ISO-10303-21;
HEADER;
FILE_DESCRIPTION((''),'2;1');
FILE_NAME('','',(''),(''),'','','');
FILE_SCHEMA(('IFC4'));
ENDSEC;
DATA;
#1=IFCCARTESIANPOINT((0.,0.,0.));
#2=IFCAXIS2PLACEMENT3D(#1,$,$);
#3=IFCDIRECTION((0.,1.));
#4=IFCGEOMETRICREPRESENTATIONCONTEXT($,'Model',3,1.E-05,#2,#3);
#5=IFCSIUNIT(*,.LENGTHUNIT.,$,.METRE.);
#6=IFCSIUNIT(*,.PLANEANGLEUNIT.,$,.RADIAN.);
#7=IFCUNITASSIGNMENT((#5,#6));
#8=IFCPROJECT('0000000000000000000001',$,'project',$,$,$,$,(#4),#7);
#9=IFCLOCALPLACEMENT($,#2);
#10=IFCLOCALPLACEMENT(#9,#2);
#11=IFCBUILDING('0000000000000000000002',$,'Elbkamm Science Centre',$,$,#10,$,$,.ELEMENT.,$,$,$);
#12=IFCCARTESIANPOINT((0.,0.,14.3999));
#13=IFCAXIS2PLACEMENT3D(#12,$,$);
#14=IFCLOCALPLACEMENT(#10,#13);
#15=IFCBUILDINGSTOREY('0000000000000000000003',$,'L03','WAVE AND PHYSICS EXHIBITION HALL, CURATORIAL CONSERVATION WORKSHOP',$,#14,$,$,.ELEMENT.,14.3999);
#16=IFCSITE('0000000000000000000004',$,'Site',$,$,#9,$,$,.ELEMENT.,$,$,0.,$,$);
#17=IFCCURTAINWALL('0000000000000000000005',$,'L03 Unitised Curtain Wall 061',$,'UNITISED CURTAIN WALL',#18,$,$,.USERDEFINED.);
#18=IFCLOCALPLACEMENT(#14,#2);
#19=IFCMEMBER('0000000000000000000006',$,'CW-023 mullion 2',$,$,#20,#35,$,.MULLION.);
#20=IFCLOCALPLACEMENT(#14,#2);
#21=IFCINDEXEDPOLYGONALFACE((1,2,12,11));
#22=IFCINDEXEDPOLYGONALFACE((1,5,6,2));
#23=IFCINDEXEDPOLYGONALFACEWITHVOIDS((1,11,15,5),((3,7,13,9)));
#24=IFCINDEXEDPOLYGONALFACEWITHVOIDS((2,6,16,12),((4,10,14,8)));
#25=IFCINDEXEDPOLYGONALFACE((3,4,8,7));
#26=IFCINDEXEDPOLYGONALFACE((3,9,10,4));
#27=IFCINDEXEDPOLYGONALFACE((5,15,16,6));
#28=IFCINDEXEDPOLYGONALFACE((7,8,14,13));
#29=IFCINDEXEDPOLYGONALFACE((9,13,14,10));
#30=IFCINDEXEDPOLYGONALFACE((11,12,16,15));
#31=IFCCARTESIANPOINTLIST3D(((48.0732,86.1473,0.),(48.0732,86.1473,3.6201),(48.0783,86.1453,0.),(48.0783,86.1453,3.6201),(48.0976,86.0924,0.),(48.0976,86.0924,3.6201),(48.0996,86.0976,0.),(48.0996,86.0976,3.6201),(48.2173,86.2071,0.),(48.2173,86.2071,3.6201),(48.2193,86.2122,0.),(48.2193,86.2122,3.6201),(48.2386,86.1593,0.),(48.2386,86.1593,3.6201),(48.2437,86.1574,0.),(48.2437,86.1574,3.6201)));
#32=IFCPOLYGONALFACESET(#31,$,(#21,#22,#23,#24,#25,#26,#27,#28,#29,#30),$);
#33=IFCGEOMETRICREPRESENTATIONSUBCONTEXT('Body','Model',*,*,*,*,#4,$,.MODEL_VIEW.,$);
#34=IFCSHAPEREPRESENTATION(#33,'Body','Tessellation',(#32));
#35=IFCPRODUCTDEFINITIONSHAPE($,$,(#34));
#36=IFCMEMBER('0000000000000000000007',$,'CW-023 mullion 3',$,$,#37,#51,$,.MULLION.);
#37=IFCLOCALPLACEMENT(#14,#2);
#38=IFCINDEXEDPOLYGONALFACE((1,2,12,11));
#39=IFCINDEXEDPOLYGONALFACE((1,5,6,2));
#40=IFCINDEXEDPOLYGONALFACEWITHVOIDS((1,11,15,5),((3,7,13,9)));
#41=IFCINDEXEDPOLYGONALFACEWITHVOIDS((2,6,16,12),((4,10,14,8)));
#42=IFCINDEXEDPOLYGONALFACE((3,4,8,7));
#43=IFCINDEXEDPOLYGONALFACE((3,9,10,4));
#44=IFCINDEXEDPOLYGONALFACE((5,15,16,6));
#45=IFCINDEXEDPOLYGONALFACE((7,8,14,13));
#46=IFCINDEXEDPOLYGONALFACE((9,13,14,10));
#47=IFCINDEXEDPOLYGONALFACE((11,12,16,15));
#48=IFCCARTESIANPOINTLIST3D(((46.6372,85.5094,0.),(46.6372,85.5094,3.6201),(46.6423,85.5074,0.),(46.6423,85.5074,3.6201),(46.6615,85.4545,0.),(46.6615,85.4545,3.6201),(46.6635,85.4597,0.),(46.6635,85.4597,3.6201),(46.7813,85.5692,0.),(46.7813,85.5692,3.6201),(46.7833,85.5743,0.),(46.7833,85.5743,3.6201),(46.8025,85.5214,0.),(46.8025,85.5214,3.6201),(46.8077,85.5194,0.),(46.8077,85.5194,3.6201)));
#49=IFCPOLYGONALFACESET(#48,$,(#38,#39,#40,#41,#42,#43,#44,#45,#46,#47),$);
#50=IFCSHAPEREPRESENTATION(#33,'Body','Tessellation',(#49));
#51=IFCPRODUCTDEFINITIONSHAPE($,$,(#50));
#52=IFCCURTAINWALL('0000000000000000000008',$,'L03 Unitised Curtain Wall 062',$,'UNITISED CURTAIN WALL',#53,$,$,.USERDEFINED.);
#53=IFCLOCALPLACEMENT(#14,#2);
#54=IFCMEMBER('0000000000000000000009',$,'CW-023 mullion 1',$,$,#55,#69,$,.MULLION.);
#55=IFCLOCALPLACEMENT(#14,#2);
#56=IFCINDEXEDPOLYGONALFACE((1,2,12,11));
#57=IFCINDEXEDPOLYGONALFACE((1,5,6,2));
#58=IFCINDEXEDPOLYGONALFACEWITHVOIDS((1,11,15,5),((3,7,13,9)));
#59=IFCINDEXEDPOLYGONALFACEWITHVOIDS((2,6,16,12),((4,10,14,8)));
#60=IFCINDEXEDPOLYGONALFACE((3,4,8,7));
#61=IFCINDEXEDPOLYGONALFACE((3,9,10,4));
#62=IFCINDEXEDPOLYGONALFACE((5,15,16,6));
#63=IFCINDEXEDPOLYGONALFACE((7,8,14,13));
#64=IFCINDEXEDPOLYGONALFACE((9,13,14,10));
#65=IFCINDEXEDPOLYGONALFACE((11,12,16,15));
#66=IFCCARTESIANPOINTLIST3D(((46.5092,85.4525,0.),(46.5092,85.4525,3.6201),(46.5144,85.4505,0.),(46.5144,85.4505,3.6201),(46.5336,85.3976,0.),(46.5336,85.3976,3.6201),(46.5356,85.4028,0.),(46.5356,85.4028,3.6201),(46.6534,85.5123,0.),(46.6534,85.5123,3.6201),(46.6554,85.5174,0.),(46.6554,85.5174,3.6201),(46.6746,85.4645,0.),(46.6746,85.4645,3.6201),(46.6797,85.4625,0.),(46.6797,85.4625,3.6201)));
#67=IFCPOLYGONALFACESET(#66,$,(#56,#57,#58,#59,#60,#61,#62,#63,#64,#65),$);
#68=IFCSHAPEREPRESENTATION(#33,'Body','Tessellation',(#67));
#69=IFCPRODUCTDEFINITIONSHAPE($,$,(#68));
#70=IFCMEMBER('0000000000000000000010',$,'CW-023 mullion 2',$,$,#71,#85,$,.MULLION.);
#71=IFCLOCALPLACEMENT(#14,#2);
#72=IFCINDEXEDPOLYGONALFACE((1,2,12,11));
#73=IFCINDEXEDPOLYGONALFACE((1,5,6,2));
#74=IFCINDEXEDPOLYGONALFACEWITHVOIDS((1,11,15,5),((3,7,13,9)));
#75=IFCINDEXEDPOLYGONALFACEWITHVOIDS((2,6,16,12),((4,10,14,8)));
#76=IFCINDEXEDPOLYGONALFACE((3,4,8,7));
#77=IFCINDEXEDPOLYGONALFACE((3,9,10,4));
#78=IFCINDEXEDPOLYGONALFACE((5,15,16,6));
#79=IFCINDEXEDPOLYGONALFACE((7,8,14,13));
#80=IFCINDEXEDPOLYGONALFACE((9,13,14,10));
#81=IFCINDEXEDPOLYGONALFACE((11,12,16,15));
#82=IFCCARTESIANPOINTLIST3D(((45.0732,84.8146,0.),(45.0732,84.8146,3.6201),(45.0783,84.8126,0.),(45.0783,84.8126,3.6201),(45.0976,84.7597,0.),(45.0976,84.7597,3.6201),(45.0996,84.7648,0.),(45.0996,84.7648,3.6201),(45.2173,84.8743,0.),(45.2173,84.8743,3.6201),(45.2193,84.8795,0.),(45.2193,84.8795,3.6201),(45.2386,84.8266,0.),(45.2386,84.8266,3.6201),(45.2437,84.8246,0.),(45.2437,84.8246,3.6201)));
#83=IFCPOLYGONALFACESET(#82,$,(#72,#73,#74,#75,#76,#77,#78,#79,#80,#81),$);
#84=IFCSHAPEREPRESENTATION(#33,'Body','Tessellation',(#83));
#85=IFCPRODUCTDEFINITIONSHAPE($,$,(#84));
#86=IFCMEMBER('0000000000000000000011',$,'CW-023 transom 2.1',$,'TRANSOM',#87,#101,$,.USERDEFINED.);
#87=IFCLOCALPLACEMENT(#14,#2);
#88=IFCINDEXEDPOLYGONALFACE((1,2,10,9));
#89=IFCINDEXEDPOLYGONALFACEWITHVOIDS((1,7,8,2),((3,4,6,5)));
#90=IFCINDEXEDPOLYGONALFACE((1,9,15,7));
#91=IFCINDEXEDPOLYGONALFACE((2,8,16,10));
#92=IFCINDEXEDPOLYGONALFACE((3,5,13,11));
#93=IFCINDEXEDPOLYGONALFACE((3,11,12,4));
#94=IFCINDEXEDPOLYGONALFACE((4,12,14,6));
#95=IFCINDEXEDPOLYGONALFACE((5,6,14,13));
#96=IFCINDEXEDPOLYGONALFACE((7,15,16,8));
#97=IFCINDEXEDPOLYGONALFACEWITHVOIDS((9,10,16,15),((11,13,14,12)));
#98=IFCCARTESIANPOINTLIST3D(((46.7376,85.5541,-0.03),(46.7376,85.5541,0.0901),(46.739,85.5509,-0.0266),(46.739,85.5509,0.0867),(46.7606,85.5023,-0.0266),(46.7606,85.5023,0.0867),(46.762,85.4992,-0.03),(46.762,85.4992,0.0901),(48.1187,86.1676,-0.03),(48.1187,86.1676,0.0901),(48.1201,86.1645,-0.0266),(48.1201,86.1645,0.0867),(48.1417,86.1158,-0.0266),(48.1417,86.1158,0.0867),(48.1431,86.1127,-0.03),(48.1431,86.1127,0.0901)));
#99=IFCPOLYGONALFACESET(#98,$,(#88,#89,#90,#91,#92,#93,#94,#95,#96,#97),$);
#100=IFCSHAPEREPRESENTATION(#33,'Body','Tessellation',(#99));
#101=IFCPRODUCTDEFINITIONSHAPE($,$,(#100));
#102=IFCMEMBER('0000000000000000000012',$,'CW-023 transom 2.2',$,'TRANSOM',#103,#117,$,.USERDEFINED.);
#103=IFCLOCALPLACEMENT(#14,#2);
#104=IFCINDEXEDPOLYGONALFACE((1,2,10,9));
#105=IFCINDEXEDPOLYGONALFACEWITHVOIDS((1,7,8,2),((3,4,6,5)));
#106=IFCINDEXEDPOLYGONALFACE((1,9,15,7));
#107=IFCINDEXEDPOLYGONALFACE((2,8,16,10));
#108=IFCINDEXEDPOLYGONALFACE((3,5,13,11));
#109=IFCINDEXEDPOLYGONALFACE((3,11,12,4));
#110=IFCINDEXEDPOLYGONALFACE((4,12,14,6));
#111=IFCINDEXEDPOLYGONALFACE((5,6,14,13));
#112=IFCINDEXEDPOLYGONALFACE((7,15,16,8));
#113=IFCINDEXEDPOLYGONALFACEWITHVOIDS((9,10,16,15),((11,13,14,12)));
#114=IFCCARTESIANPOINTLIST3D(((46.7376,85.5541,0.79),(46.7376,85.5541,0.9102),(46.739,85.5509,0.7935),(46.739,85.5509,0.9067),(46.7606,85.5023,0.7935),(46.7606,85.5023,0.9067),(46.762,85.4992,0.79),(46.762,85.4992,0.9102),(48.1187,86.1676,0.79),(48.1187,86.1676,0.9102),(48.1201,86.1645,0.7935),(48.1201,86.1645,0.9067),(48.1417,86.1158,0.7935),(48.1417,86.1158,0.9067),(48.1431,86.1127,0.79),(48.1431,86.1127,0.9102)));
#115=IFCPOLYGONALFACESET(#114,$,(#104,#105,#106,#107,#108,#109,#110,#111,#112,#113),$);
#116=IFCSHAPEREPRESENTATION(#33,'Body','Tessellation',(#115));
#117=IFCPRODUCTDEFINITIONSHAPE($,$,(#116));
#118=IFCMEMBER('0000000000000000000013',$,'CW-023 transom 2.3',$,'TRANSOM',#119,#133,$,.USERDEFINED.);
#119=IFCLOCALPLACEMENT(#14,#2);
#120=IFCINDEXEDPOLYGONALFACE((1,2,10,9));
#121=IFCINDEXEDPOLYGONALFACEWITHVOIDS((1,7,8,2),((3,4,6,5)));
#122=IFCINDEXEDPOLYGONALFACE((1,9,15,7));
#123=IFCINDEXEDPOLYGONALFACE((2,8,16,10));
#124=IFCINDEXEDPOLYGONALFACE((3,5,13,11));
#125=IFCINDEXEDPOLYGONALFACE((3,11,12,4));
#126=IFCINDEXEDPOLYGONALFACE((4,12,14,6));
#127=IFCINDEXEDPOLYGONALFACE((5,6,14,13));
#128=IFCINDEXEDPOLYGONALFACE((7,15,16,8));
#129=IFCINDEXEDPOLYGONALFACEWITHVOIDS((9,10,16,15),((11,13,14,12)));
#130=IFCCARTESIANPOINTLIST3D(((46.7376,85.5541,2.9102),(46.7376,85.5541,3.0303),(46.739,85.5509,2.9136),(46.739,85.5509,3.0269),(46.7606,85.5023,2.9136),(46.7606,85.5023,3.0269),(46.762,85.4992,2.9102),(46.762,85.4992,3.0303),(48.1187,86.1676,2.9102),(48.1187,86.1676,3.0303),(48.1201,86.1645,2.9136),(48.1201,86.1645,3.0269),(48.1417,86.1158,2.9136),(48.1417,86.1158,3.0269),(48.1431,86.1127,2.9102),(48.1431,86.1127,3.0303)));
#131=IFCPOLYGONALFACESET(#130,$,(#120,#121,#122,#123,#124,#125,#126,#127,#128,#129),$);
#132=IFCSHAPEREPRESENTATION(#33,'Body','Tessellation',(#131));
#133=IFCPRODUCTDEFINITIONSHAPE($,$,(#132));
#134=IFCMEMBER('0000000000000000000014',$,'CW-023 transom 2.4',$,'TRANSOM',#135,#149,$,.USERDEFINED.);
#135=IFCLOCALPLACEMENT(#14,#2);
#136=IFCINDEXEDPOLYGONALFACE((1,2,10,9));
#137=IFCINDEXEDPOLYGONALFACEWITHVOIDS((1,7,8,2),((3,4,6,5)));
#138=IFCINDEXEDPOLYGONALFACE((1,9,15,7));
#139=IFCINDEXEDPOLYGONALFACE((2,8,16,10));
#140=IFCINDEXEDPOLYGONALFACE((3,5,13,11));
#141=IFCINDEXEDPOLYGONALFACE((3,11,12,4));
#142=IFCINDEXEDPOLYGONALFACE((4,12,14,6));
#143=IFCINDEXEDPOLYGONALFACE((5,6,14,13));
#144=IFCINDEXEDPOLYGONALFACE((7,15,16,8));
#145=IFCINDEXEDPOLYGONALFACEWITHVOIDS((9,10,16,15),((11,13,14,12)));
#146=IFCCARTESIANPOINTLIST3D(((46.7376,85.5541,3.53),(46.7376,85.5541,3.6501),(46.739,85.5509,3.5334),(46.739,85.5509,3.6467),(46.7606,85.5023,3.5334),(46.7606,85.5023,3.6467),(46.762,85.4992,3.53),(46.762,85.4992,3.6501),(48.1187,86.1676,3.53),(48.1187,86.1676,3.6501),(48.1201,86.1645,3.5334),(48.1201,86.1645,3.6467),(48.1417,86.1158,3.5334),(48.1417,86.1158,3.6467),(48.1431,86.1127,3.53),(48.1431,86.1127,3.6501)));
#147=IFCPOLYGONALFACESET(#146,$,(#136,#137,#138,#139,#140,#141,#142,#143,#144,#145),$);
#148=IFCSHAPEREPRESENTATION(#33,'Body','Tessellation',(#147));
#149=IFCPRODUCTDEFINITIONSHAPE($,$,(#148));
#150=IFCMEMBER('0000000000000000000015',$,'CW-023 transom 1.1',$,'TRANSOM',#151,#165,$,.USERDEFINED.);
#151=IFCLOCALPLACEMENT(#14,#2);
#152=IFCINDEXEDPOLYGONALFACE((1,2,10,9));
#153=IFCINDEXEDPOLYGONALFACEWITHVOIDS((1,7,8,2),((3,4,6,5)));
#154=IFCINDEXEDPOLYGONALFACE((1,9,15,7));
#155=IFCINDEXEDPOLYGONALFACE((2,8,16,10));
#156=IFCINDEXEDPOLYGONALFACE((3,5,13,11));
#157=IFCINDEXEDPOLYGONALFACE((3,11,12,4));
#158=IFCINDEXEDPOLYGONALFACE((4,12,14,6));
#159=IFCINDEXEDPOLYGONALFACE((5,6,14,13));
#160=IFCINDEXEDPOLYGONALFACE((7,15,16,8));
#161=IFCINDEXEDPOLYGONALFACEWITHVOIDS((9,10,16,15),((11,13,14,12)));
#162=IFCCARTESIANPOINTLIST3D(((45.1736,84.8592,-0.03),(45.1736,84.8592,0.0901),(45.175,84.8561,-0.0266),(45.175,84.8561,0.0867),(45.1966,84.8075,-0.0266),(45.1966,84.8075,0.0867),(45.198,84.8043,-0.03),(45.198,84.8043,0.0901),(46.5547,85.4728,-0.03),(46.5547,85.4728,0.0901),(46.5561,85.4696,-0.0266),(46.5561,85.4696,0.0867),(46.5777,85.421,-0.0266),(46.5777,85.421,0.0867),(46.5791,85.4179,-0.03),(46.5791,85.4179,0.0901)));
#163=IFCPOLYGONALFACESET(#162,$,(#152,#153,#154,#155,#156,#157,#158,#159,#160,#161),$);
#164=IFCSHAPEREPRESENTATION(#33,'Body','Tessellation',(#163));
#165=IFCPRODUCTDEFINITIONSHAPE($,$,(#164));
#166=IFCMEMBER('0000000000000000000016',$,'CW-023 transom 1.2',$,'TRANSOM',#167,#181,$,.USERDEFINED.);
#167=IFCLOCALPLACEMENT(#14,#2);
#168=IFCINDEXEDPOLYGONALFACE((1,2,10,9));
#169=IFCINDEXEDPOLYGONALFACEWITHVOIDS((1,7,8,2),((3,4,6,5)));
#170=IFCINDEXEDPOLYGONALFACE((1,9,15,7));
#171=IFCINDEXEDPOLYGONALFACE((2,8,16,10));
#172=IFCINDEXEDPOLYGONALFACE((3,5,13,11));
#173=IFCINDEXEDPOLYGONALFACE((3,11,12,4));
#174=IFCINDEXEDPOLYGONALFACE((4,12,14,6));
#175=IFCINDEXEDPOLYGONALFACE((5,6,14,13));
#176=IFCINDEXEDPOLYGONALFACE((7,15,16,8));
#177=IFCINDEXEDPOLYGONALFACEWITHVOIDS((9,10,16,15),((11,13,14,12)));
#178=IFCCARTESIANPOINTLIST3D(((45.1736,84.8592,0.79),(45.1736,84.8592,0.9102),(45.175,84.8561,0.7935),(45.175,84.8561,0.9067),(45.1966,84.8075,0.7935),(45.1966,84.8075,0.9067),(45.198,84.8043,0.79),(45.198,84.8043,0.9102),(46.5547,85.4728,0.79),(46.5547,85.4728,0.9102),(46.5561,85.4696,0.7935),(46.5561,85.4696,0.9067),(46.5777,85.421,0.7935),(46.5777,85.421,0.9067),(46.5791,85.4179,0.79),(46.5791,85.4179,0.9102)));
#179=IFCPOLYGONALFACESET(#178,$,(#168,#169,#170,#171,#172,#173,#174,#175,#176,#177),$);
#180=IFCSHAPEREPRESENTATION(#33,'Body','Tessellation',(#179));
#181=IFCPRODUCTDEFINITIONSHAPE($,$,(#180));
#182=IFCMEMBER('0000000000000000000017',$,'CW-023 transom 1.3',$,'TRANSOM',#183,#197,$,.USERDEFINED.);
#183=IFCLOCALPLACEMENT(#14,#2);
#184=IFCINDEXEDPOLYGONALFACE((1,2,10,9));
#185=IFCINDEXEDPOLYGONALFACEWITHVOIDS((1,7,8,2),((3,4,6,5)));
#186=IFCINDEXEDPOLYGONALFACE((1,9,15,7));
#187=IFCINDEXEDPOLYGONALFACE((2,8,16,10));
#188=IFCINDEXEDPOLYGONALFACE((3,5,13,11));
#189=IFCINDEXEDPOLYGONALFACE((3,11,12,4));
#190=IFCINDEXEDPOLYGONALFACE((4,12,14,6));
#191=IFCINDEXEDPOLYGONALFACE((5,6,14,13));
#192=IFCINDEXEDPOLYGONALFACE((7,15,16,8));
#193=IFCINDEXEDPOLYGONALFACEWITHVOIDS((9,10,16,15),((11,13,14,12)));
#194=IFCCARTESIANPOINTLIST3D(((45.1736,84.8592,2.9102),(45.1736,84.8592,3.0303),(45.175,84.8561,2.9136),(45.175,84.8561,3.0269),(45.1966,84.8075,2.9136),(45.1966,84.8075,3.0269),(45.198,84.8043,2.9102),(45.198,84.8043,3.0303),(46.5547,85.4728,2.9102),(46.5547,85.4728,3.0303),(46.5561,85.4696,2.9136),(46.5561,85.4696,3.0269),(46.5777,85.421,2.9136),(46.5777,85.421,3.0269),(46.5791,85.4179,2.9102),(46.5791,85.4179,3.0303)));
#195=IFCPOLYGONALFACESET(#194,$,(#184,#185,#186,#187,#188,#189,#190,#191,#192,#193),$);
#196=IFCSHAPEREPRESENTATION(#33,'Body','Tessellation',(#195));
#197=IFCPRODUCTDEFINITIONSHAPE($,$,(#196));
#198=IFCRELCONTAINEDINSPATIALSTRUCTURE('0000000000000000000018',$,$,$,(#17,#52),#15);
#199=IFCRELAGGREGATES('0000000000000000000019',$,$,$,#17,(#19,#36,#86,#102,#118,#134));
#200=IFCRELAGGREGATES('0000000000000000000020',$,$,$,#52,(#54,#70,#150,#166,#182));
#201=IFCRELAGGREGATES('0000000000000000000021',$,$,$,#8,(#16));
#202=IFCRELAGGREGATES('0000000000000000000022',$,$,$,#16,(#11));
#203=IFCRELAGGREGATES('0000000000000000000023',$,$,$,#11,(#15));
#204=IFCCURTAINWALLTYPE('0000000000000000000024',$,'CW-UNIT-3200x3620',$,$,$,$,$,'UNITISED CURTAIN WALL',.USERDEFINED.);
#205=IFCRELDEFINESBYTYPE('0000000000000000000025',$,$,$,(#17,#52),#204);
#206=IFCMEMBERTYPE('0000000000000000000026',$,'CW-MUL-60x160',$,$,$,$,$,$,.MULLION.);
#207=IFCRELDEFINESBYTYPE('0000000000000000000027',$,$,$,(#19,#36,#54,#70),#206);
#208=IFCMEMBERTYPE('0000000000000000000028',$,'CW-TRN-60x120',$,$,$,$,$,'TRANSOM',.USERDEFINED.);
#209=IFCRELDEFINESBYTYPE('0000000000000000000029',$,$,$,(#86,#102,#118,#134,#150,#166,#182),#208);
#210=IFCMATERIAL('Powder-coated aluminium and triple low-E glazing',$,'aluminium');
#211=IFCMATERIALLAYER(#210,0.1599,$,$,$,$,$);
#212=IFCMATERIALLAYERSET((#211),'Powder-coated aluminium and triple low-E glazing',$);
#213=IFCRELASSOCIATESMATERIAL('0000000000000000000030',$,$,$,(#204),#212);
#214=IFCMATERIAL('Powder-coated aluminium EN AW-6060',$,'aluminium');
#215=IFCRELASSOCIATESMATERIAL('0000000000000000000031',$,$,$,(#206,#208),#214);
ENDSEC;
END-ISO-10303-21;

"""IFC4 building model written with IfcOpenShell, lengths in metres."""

from ifc_helpers import new_model, si_unit, direction, frame, origin, origin_2d, place, context, subcontext, project, spatial, hollow_rectangle, extrude, material, layer, layer_set, material_profile, profile_set, type_object, element, aggregate, save


model = new_model("IFC4")

# Units and contexts
model_context = context("Model", 3, precision=1e-05, world=origin(), true_north=direction((0.0, 1.0)))
body_context = subcontext(model_context, "Body", "Model", "MODEL_VIEW")
ifc_project = project(units=[si_unit("LENGTHUNIT", "METRE"), si_unit("PLANEANGLEUNIT", "RADIAN")], contexts=[model_context])

# Site, building, storey
site_placement = place(None, origin())
site = spatial("IfcSite", under=ifc_project, at=site_placement, Name="Site", CompositionType="ELEMENT", RefElevation=0.0)
building_placement = place(site_placement, origin())
building = spatial("IfcBuilding", under=site, at=building_placement, Name="Elbkamm Science Centre", CompositionType="ELEMENT")
storey_placement = place(building_placement, frame((0.0, 0.0, 14.3999)))
storey = spatial("IfcBuildingStorey", under=building, at=storey_placement, Name="L03", Description="WAVE AND PHYSICS EXHIBITION HALL, CURATORIAL CONSERVATION WORKSHOP", CompositionType="ELEMENT", Elevation=14.3999)

# Curtain walls, members
ifc_material_1 = material(Name="Powder-coated aluminium and triple low-E glazing", Category="aluminium")
ifc_layer_1 = layer(ifc_material_1, 0.1599)
ifc_layer_set_1 = layer_set([ifc_layer_1], Name="Powder-coated aluminium and triple low-E glazing")
curtain_wall_type = type_object("IfcCurtainWallType", Name="CW-UNIT-3200x3620", ElementType="UNITISED CURTAIN WALL", PredefinedType="USERDEFINED", material=ifc_layer_set_1)
curtain_wall_1_placement = place(storey_placement, origin())
curtain_wall_1 = element("IfcCurtainWall", 1, at=curtain_wall_1_placement, inside=storey, type_object=curtain_wall_type, Name="L03 Unitised Curtain Wall 061", ObjectType="UNITISED CURTAIN WALL", PredefinedType="USERDEFINED")
ifc_material_2 = material(Name="Powder-coated aluminium EN AW-6060", Category="aluminium")
ifc_material_profile_1 = material_profile(ifc_material_2, hollow_rectangle(XDim=0.0601, YDim=0.1599, WallThickness=0.0039, at=origin_2d()), Name="ALU M60x160")
ifc_profile_set_1 = profile_set([ifc_material_profile_1], Name="Powder-coated aluminium EN AW-6060")
member_type_1 = type_object("IfcMemberType", Name="CW-MUL-60x160", PredefinedType="MULLION", material=ifc_profile_set_1)
member_1_placement = place(storey_placement, frame((48.1584, 86.1523, 0.0), z_axis=(0.0, 0.0, 1.0), x_axis=(0.405944, -0.913898, 0.0)))
member_1 = element("IfcMember", 2, at=member_1_placement, type_object=member_type_1, Name="CW-023 mullion 2", PredefinedType="MULLION", context=body_context, shape_type="SweptSolid", body=[
    extrude(hollow_rectangle(XDim=0.0601, YDim=0.1599, WallThickness=0.0039, at=origin_2d()), origin(), (0.0, 0.0, 1.0), 3.6201),
])
member_2_placement = place(storey_placement, frame((46.7224, 85.5144, 0.0), z_axis=(0.0, 0.0, 1.0), x_axis=(0.405944, -0.913898, 0.0)))
member_2 = element("IfcMember", 3, at=member_2_placement, type_object=member_type_1, Name="CW-023 mullion 3", PredefinedType="MULLION", context=body_context, shape_type="SweptSolid", body=[
    extrude(hollow_rectangle(XDim=0.0601, YDim=0.1599, WallThickness=0.0039, at=origin_2d()), origin(), (0.0, 0.0, 1.0), 3.6201),
])
curtain_wall_2_placement = place(storey_placement, origin())
curtain_wall_2 = element("IfcCurtainWall", 4, at=curtain_wall_2_placement, inside=storey, type_object=curtain_wall_type, Name="L03 Unitised Curtain Wall 062", ObjectType="UNITISED CURTAIN WALL", PredefinedType="USERDEFINED")
member_3_placement = place(storey_placement, frame((46.5945, 85.4575, 0.0), z_axis=(0.0, 0.0, 1.0), x_axis=(0.405944, -0.913898, 0.0)))
member_3 = element("IfcMember", 5, at=member_3_placement, type_object=member_type_1, Name="CW-023 mullion 1", PredefinedType="MULLION", context=body_context, shape_type="SweptSolid", body=[
    extrude(hollow_rectangle(XDim=0.0601, YDim=0.1599, WallThickness=0.0039, at=origin_2d()), origin(), (0.0, 0.0, 1.0), 3.6201),
])
member_4_placement = place(storey_placement, frame((45.1584, 84.8196, 0.0), z_axis=(0.0, 0.0, 1.0), x_axis=(0.405944, -0.913898, 0.0)))
member_4 = element("IfcMember", 6, at=member_4_placement, type_object=member_type_1, Name="CW-023 mullion 2", PredefinedType="MULLION", context=body_context, shape_type="SweptSolid", body=[
    extrude(hollow_rectangle(XDim=0.0601, YDim=0.1599, WallThickness=0.0039, at=origin_2d()), origin(), (0.0, 0.0, 1.0), 3.6201),
])

# Members
ifc_material_profile_2 = material_profile(ifc_material_2, hollow_rectangle(XDim=0.0601, YDim=0.1201, WallThickness=0.0034, at=origin_2d()), Name="ALU T60x120")
ifc_profile_set_2 = profile_set([ifc_material_profile_2], Name="Powder-coated aluminium EN AW-6060")
member_type_2 = type_object("IfcMemberType", Name="CW-TRN-60x120", ElementType="TRANSOM", PredefinedType="USERDEFINED", material=ifc_profile_set_2)
member_5_placement = place(storey_placement, frame((48.1309, 86.1401, 0.03), z_axis=(-0.913885, -0.405974, 0.0), x_axis=(0.405974, -0.913885, 0.0)))
member_5 = element("IfcMember", 7, at=member_5_placement, type_object=member_type_2, Name="CW-023 transom 2.1", ObjectType="TRANSOM", PredefinedType="USERDEFINED", context=body_context, shape_type="SweptSolid", body=[
    extrude(hollow_rectangle(XDim=0.0601, YDim=0.1201, WallThickness=0.0034, at=origin_2d()), origin(), (0.0, 0.0, 1.0), 1.5112),
])
member_6_placement = place(storey_placement, frame((48.1309, 86.1401, 0.8501), z_axis=(-0.913885, -0.405974, 0.0), x_axis=(0.405974, -0.913885, 0.0)))
member_6 = element("IfcMember", 8, at=member_6_placement, type_object=member_type_2, Name="CW-023 transom 2.2", ObjectType="TRANSOM", PredefinedType="USERDEFINED", context=body_context, shape_type="SweptSolid", body=[
    extrude(hollow_rectangle(XDim=0.0601, YDim=0.1201, WallThickness=0.0034, at=origin_2d()), origin(), (0.0, 0.0, 1.0), 1.5112),
])
member_7_placement = place(storey_placement, frame((48.1309, 86.1401, 2.9702), z_axis=(-0.913885, -0.405974, 0.0), x_axis=(0.405974, -0.913885, 0.0)))
member_7 = element("IfcMember", 9, at=member_7_placement, type_object=member_type_2, Name="CW-023 transom 2.3", ObjectType="TRANSOM", PredefinedType="USERDEFINED", context=body_context, shape_type="SweptSolid", body=[
    extrude(hollow_rectangle(XDim=0.0601, YDim=0.1201, WallThickness=0.0034, at=origin_2d()), origin(), (0.0, 0.0, 1.0), 1.5112),
])
member_8_placement = place(storey_placement, frame((48.1309, 86.1401, 3.5901), z_axis=(-0.913885, -0.405974, 0.0), x_axis=(0.405974, -0.913885, 0.0)))
member_8 = element("IfcMember", 10, at=member_8_placement, type_object=member_type_2, Name="CW-023 transom 2.4", ObjectType="TRANSOM", PredefinedType="USERDEFINED", context=body_context, shape_type="SweptSolid", body=[
    extrude(hollow_rectangle(XDim=0.0601, YDim=0.1201, WallThickness=0.0034, at=origin_2d()), origin(), (0.0, 0.0, 1.0), 1.5112),
])
member_9_placement = place(storey_placement, frame((46.5669, 85.4453, 0.03), z_axis=(-0.913885, -0.405974, 0.0), x_axis=(0.405974, -0.913885, 0.0)))
member_9 = element("IfcMember", 11, at=member_9_placement, type_object=member_type_2, Name="CW-023 transom 1.1", ObjectType="TRANSOM", PredefinedType="USERDEFINED", context=body_context, shape_type="SweptSolid", body=[
    extrude(hollow_rectangle(XDim=0.0601, YDim=0.1201, WallThickness=0.0034, at=origin_2d()), origin(), (0.0, 0.0, 1.0), 1.5112),
])
member_10_placement = place(storey_placement, frame((46.5669, 85.4453, 0.8501), z_axis=(-0.913885, -0.405974, 0.0), x_axis=(0.405974, -0.913885, 0.0)))
member_10 = element("IfcMember", 12, at=member_10_placement, type_object=member_type_2, Name="CW-023 transom 1.2", ObjectType="TRANSOM", PredefinedType="USERDEFINED", context=body_context, shape_type="SweptSolid", body=[
    extrude(hollow_rectangle(XDim=0.0601, YDim=0.1201, WallThickness=0.0034, at=origin_2d()), origin(), (0.0, 0.0, 1.0), 1.5112),
])
member_11_placement = place(storey_placement, frame((46.5669, 85.4453, 2.9702), z_axis=(-0.913885, -0.405974, 0.0), x_axis=(0.405974, -0.913885, 0.0)))
member_11 = element("IfcMember", 13, at=member_11_placement, type_object=member_type_2, Name="CW-023 transom 1.3", ObjectType="TRANSOM", PredefinedType="USERDEFINED", context=body_context, shape_type="SweptSolid", body=[
    extrude(hollow_rectangle(XDim=0.0601, YDim=0.1201, WallThickness=0.0034, at=origin_2d()), origin(), (0.0, 0.0, 1.0), 1.5112),
])

aggregate(curtain_wall_1, [member_1, member_2, member_5, member_6, member_7, member_8])
aggregate(curtain_wall_2, [member_3, member_4, member_9, member_10, member_11])

save(model, "model.ifc")
